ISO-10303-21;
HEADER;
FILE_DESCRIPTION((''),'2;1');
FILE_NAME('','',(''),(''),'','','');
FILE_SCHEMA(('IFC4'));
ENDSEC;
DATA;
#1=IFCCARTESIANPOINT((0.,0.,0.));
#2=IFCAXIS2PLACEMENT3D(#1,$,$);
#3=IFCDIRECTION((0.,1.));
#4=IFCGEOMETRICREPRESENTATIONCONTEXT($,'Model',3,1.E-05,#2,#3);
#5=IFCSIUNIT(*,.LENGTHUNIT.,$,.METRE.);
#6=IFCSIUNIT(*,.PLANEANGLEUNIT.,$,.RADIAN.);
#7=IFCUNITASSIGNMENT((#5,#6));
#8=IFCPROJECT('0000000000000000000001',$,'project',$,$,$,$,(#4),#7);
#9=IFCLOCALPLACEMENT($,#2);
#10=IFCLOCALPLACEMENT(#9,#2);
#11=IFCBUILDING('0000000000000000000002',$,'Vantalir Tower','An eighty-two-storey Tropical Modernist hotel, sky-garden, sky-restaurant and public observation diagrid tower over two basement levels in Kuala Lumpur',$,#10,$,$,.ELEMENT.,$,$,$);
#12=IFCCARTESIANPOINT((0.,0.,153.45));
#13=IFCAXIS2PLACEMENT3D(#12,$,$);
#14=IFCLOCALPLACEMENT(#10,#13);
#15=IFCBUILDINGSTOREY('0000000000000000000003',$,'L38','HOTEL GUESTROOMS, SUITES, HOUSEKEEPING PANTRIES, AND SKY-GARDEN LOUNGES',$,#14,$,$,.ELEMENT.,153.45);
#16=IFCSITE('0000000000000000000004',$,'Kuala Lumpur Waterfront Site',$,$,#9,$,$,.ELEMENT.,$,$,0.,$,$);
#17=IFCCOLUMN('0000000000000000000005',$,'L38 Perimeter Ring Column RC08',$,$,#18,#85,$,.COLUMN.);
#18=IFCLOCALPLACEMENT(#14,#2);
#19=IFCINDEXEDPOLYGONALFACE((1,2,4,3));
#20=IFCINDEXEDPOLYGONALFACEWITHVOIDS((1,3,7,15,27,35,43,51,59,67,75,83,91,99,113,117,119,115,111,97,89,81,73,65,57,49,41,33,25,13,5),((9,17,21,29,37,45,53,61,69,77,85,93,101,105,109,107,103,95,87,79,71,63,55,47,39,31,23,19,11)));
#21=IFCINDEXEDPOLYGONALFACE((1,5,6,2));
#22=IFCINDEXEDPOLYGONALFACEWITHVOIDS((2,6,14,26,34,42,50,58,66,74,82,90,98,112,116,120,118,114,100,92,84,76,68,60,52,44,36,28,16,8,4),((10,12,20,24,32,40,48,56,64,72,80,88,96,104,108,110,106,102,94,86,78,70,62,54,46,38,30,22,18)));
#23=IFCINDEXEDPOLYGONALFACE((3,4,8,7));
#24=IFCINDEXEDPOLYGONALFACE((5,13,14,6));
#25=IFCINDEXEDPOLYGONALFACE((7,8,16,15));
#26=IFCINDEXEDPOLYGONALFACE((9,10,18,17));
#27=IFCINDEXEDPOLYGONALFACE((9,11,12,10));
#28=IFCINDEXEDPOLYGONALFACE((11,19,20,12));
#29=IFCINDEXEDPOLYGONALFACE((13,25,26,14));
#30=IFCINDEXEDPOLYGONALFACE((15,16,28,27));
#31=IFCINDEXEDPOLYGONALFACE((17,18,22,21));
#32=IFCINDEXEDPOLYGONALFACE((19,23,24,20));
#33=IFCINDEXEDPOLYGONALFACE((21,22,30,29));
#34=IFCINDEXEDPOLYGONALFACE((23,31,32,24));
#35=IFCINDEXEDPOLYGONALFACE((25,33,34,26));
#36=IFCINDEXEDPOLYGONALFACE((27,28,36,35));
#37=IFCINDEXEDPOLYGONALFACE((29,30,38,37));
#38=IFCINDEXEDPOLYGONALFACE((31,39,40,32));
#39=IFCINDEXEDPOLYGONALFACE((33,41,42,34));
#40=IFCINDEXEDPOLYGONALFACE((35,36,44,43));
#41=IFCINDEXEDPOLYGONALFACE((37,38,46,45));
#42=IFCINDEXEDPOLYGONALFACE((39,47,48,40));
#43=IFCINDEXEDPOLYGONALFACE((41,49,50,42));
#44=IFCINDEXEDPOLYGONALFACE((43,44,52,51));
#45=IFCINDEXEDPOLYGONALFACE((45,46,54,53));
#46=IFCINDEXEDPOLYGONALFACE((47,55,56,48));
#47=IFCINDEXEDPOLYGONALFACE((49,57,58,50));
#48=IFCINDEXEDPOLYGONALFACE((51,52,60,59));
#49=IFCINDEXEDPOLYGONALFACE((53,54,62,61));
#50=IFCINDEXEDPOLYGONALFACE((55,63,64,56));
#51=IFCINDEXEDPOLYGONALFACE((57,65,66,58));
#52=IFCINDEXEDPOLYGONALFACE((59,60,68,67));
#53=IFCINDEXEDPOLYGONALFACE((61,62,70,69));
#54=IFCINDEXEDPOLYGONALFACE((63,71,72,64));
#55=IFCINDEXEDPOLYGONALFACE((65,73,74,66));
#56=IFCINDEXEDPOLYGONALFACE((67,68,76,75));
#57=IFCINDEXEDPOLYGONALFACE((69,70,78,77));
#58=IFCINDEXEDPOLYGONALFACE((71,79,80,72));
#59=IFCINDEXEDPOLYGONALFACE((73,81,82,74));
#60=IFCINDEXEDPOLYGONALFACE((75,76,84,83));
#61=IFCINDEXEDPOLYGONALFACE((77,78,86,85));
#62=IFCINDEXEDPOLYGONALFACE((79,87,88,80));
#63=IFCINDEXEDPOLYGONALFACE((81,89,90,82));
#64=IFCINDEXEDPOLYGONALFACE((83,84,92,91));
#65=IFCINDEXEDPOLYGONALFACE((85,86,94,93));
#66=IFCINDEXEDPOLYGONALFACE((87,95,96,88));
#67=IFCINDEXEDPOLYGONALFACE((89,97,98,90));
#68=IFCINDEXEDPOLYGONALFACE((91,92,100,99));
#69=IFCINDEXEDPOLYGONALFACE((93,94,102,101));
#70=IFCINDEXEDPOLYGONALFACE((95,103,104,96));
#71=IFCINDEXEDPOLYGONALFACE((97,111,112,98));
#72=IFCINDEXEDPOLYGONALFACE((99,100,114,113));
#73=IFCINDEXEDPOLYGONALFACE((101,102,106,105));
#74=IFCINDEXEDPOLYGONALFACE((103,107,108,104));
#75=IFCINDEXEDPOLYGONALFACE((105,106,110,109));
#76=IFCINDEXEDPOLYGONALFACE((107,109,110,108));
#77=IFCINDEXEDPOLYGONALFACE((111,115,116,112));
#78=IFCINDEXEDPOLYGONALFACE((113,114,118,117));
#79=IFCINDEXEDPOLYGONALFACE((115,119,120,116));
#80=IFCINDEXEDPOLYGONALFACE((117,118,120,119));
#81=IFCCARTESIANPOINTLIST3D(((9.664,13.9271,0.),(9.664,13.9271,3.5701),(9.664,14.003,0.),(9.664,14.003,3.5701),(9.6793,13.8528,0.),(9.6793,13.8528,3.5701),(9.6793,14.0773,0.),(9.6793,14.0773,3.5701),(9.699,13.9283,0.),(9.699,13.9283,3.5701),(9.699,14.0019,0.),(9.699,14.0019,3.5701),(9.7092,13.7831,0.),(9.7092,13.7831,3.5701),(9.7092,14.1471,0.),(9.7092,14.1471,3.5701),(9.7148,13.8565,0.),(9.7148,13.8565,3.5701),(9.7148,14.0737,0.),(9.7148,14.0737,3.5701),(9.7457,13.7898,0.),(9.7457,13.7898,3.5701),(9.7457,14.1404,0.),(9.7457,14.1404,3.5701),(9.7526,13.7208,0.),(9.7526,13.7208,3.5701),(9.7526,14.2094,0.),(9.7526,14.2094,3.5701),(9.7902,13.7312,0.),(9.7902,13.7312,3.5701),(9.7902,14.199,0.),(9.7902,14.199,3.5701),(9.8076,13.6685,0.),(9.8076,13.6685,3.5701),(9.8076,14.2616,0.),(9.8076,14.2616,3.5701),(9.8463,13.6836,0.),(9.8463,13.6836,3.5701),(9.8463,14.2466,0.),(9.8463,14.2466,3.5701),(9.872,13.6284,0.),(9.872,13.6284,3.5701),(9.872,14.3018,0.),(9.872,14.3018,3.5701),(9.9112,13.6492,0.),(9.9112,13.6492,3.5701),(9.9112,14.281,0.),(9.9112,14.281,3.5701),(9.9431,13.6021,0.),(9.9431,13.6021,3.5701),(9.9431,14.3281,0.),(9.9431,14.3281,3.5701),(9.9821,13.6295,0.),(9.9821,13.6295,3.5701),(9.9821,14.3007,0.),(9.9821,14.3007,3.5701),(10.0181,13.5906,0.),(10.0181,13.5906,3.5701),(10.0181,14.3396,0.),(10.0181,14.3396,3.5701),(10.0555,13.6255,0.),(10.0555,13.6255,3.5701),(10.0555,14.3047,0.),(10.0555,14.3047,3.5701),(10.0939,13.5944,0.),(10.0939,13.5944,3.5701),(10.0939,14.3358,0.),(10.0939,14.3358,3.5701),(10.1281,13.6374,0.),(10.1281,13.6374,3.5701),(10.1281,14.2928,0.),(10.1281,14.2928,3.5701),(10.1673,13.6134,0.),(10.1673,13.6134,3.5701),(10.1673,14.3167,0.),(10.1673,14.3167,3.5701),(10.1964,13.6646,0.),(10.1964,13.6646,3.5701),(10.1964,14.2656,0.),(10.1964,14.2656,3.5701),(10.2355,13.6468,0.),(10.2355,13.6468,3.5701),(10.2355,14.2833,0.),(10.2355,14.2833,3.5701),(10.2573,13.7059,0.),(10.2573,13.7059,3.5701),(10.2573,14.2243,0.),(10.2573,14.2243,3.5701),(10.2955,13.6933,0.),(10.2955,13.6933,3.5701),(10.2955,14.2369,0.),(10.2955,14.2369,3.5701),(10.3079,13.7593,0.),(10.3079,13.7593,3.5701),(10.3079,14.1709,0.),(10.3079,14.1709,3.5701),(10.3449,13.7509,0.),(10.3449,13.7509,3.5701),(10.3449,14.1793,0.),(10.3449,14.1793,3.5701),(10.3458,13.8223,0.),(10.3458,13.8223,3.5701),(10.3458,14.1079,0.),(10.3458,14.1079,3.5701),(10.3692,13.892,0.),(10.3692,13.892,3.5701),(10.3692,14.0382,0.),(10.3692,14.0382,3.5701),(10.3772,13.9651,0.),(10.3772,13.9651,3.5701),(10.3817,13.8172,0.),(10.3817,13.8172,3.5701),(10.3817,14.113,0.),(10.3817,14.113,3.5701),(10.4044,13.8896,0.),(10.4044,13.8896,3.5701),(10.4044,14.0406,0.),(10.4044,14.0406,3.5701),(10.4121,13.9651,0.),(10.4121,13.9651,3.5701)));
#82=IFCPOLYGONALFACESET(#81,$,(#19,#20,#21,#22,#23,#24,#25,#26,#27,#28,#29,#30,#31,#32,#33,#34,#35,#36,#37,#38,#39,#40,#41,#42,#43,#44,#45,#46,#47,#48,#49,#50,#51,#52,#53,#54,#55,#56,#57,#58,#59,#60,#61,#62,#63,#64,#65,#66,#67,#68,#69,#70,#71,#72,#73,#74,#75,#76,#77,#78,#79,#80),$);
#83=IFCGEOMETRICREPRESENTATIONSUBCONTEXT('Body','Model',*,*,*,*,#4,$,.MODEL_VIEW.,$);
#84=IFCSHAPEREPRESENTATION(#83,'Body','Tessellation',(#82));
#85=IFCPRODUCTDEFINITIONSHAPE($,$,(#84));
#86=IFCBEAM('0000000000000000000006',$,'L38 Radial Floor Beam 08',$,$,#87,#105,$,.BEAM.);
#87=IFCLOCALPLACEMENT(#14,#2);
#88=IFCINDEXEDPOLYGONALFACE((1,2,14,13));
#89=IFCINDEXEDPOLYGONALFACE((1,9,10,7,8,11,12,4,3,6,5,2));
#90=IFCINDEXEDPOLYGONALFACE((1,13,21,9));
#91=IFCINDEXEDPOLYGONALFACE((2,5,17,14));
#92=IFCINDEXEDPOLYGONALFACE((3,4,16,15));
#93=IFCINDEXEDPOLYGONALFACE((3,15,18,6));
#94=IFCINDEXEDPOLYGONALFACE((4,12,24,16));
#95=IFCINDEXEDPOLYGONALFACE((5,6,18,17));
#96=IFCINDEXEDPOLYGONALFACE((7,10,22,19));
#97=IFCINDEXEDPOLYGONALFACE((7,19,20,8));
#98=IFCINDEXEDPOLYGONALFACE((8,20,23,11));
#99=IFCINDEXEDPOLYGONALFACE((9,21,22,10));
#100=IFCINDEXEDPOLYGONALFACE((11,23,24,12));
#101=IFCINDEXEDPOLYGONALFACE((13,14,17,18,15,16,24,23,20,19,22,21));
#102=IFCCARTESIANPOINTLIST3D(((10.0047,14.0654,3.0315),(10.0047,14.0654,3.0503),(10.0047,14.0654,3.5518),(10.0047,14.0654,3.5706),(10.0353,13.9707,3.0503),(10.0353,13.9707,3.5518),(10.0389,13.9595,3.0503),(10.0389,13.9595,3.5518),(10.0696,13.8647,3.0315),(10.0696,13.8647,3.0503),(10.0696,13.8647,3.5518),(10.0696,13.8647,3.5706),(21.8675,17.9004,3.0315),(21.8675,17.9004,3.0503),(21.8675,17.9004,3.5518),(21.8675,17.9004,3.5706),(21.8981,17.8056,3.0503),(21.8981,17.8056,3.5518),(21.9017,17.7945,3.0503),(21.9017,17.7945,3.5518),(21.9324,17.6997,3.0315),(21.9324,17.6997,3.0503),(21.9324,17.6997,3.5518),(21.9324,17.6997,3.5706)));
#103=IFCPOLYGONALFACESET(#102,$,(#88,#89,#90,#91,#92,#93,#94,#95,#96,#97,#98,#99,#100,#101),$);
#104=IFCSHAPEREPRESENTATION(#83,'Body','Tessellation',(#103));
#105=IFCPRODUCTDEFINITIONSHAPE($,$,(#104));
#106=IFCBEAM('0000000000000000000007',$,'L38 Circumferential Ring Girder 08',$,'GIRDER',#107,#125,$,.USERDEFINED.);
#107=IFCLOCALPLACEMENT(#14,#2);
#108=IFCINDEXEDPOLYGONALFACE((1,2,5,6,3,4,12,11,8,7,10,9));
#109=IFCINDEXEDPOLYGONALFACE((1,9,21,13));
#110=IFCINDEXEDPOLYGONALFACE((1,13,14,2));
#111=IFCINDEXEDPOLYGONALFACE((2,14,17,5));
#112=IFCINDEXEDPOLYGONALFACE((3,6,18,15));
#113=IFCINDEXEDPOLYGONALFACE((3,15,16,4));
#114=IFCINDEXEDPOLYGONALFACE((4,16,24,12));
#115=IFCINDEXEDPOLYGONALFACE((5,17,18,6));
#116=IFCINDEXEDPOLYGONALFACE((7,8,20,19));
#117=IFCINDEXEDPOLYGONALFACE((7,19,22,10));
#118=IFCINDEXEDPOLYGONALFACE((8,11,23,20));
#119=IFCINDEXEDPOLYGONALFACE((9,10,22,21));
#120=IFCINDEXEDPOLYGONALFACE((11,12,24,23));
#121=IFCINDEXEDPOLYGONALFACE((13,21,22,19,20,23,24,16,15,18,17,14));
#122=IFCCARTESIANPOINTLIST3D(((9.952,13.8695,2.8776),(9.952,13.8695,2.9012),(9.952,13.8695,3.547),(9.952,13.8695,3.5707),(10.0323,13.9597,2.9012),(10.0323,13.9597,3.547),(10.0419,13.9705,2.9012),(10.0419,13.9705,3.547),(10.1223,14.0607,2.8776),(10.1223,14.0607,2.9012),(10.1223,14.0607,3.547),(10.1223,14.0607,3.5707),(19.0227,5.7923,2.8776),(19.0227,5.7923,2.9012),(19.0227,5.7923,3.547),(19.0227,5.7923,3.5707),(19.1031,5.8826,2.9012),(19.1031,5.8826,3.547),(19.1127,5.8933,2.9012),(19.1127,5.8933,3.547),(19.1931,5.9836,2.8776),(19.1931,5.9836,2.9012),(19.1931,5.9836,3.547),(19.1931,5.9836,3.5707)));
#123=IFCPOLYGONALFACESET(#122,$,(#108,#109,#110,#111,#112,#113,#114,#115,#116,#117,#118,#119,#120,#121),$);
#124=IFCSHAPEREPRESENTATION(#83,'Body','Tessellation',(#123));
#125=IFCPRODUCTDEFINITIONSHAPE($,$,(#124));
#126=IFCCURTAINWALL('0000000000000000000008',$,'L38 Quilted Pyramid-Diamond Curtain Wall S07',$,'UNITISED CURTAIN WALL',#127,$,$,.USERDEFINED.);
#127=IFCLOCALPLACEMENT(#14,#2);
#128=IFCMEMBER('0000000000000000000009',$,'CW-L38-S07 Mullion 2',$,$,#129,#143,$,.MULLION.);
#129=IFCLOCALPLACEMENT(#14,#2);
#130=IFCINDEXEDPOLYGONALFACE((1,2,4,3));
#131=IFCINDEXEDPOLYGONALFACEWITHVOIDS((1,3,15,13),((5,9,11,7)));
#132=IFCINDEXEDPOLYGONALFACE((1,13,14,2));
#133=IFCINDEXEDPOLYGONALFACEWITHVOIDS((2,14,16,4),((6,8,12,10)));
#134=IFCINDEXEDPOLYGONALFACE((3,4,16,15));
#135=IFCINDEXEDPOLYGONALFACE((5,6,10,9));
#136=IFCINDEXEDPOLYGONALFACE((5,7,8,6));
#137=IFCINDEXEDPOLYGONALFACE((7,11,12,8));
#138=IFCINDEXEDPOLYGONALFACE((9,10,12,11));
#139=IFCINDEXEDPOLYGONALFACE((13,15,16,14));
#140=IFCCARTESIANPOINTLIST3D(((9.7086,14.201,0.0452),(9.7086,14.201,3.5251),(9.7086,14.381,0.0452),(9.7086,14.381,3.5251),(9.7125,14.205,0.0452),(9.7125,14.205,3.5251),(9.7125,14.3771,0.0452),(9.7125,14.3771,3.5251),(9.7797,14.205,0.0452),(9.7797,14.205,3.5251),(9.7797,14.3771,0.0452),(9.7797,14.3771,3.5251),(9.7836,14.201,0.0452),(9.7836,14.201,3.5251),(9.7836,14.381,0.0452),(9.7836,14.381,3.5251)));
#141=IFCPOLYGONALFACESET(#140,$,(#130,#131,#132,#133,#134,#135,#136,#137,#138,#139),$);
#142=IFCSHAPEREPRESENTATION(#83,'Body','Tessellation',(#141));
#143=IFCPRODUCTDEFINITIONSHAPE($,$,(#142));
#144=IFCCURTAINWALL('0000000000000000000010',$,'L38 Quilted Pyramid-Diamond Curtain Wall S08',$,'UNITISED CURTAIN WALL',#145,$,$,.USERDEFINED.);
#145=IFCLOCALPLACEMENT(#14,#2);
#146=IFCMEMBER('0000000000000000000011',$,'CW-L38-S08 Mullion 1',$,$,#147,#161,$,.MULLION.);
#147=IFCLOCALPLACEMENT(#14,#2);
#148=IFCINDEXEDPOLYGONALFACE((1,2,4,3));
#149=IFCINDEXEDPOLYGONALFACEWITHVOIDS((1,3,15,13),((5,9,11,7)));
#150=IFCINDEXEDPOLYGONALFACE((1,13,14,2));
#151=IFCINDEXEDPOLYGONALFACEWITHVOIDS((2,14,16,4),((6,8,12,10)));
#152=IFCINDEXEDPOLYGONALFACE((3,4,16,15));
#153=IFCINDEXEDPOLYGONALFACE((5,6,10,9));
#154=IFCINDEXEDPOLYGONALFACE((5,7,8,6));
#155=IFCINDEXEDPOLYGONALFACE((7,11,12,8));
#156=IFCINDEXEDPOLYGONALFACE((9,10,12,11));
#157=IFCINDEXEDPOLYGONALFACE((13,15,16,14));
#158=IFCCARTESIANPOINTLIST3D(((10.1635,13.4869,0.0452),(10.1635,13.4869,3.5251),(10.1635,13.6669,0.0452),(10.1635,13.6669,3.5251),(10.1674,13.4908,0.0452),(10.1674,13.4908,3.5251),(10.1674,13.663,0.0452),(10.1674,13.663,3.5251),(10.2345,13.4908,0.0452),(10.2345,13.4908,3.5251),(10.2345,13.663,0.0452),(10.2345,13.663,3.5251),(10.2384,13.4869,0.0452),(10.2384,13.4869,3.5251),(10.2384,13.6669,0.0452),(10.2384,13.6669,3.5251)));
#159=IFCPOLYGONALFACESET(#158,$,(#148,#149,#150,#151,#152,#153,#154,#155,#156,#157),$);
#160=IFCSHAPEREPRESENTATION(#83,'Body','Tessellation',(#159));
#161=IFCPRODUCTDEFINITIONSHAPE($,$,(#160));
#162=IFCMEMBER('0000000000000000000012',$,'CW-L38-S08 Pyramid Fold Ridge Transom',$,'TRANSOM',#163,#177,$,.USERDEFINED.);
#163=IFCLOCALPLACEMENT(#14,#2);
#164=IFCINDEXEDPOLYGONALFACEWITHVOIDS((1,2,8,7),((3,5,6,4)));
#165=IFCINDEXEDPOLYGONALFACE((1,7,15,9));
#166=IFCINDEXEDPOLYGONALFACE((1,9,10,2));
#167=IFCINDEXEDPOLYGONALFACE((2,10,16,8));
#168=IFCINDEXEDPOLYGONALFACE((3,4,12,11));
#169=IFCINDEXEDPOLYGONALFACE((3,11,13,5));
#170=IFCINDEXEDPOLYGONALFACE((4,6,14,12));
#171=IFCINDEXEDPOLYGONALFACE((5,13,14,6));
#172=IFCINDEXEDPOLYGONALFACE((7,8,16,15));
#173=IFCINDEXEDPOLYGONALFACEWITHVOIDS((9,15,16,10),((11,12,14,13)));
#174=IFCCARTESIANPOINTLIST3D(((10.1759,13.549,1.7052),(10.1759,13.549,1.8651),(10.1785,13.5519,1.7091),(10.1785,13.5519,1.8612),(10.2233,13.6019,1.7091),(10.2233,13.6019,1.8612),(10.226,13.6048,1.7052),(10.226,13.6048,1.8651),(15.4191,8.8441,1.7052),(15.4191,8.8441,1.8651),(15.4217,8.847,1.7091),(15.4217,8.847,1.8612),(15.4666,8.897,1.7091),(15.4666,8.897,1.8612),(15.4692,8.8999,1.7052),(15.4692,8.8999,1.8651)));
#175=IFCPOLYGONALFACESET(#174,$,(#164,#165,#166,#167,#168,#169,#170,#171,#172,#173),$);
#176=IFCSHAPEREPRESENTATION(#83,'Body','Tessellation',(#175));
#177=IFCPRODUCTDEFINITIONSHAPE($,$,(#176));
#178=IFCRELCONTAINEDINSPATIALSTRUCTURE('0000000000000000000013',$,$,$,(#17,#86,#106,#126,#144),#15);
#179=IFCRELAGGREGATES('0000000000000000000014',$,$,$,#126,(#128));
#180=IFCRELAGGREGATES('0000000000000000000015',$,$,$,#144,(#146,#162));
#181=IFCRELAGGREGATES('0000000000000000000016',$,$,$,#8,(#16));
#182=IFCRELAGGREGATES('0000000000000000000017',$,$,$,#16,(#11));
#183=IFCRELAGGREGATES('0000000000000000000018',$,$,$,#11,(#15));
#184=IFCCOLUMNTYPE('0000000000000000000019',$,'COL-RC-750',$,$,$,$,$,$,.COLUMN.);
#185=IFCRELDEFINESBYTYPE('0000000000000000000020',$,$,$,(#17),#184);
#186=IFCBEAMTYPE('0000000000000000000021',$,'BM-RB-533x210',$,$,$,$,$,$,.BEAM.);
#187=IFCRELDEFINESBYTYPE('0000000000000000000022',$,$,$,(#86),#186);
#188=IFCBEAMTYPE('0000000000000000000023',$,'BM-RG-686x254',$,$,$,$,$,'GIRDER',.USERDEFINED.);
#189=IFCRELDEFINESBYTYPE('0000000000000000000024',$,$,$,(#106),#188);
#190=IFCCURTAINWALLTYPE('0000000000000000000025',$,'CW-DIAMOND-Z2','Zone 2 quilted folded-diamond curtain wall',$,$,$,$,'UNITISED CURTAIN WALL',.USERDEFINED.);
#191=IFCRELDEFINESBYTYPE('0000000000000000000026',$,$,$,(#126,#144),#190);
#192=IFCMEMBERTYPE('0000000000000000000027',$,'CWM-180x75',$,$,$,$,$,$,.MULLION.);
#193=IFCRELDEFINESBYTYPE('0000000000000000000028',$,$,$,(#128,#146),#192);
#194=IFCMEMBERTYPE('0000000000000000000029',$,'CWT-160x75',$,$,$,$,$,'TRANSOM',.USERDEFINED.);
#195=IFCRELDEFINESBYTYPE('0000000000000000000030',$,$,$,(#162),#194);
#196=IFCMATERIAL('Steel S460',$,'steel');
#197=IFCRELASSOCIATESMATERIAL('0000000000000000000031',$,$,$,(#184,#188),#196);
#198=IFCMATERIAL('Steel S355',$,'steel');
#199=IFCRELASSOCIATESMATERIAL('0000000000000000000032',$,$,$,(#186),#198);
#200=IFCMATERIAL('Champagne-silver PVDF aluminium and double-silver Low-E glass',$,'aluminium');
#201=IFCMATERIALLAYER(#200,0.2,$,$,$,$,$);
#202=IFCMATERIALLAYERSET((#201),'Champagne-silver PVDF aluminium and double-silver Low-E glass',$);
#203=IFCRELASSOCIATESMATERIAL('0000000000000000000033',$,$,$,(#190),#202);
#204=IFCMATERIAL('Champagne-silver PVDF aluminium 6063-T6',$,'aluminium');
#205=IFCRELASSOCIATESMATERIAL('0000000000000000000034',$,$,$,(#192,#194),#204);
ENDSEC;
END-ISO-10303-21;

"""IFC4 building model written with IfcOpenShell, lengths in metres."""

from ifc_helpers import new_model, si_unit, direction, frame, origin, origin_2d, place, context, subcontext, project, spatial, hollow_rectangle, hollow_circle, i_section, extrude, material, layer, layer_set, material_profile, profile_set, type_object, element, aggregate, save


model = new_model("IFC4")

# Units and contexts
model_context = context("Model", 3, precision=1e-05, world=origin(), true_north=direction((0.0, 1.0)))
body_context = subcontext(model_context, "Body", "Model", "MODEL_VIEW")
ifc_project = project(units=[si_unit("LENGTHUNIT", "METRE"), si_unit("PLANEANGLEUNIT", "RADIAN")], contexts=[model_context])

# Site, building, storey
site_placement = place(None, origin())
site = spatial("IfcSite", under=ifc_project, at=site_placement, Name="Kuala Lumpur Waterfront Site", CompositionType="ELEMENT", RefElevation=0.0)
building_placement = place(site_placement, origin())
building = spatial("IfcBuilding", under=site, at=building_placement, Name="Vantalir Tower", Description="An eighty-two-storey Tropical Modernist hotel, sky-garden, sky-restaurant and public observation diagrid tower over two basement levels in Kuala Lumpur", CompositionType="ELEMENT")
storey_placement = place(building_placement, frame((0.0, 0.0, 153.45)))
storey = spatial("IfcBuildingStorey", under=building, at=storey_placement, Name="L38", Description="HOTEL GUESTROOMS, SUITES, HOUSEKEEPING PANTRIES, AND SKY-GARDEN LOUNGES", CompositionType="ELEMENT", Elevation=153.45)

# Column
ifc_material_1 = material(Name="Steel S460", Category="steel")
ifc_material_profile_1 = material_profile(ifc_material_1, hollow_circle(Radius=0.375, WallThickness=0.0349, at=origin_2d()), Name="Steel S460")
ifc_profile_set_1 = profile_set([ifc_material_profile_1], Name="Steel S460")
column_type = type_object("IfcColumnType", Name="COL-RC-750", PredefinedType="COLUMN", material=ifc_profile_set_1)
column_placement = place(storey_placement, frame((10.0371, 13.9651, 0.0), z_axis=(0.0, 0.0, 1.0), x_axis=(1.0, 0.0, 0.0)))
element("IfcColumn", 1, at=column_placement, inside=storey, type_object=column_type, Name="L38 Perimeter Ring Column RC08", PredefinedType="COLUMN", context=body_context, shape_type="SweptSolid", body=[
    extrude(hollow_circle(Radius=0.375, WallThickness=0.0349, at=origin_2d()), origin(), (0.0, 0.0, 1.0), 3.5701),
])

# Beams
ifc_material_2 = material(Name="Steel S355", Category="steel")
ifc_material_profile_2 = material_profile(ifc_material_2, i_section(OverallWidth=0.2109, OverallDepth=0.5391, WebThickness=0.0117, FlangeThickness=0.0188, at=origin_2d()), Name="Steel S355")
ifc_profile_set_2 = profile_set([ifc_material_profile_2], Name="Steel S355")
beam_type_1 = type_object("IfcBeamType", Name="BM-RB-533x210", PredefinedType="BEAM", material=ifc_profile_set_2)
beam_1_placement = place(storey_placement, frame((10.0371, 13.9651, 3.301), z_axis=(0.951515, 0.307602, 0.0), x_axis=(-0.307602, 0.951515, 0.0)))
element("IfcBeam", 2, at=beam_1_placement, inside=storey, type_object=beam_type_1, Name="L38 Radial Floor Beam 08", PredefinedType="BEAM", context=body_context, shape_type="SweptSolid", body=[
    extrude(i_section(OverallWidth=0.2109, OverallDepth=0.5391, WebThickness=0.0117, FlangeThickness=0.0188, at=origin_2d()), origin(), (0.0, 0.0, 1.0), 12.4673),
])
ifc_material_profile_3 = material_profile(ifc_material_1, i_section(OverallWidth=0.2561, OverallDepth=0.6931, WebThickness=0.0144, FlangeThickness=0.0237, at=origin_2d()), Name="Steel S460")
ifc_profile_set_3 = profile_set([ifc_material_profile_3], Name="Steel S460")
beam_type_2 = type_object("IfcBeamType", Name="BM-RG-686x254", ElementType="GIRDER", PredefinedType="USERDEFINED", material=ifc_profile_set_3)
beam_2_placement = place(storey_placement, frame((10.0371, 13.9651, 3.2241), z_axis=(0.746828, -0.665017, 0.0), x_axis=(0.665017, 0.746828, 0.0)))
element("IfcBeam", 3, at=beam_2_placement, inside=storey, type_object=beam_type_2, Name="L38 Circumferential Ring Girder 08", ObjectType="GIRDER", PredefinedType="USERDEFINED", context=body_context, shape_type="SweptSolid", body=[
    extrude(i_section(OverallWidth=0.2561, OverallDepth=0.6931, WebThickness=0.0144, FlangeThickness=0.0237, at=origin_2d()), origin(), (0.0, 0.0, 1.0), 12.1458),
])

# Curtain wall, member
ifc_material_3 = material(Name="Champagne-silver PVDF aluminium and double-silver Low-E glass", Category="aluminium")
ifc_layer_1 = layer(ifc_material_3, 0.2)
ifc_layer_set_1 = layer_set([ifc_layer_1], Name="Champagne-silver PVDF aluminium and double-silver Low-E glass")
curtain_wall_type = type_object("IfcCurtainWallType", Name="CW-DIAMOND-Z2", Description="Zone 2 quilted folded-diamond curtain wall", ElementType="UNITISED CURTAIN WALL", PredefinedType="USERDEFINED", material=ifc_layer_set_1)
curtain_wall_1_placement = place(storey_placement, origin())
curtain_wall_1 = element("IfcCurtainWall", 4, at=curtain_wall_1_placement, inside=storey, type_object=curtain_wall_type, Name="L38 Quilted Pyramid-Diamond Curtain Wall S07", ObjectType="UNITISED CURTAIN WALL", PredefinedType="USERDEFINED")
ifc_material_4 = material(Name="Champagne-silver PVDF aluminium 6063-T6", Category="aluminium")
ifc_material_profile_4 = material_profile(ifc_material_4, hollow_rectangle(XDim=0.075, YDim=0.1799, WallThickness=0.0039, at=origin_2d()), Name="Champagne-silver PVDF aluminium 6063-T6")
ifc_profile_set_4 = profile_set([ifc_material_profile_4], Name="Champagne-silver PVDF aluminium 6063-T6")
member_type_1 = type_object("IfcMemberType", Name="CWM-180x75", PredefinedType="MULLION", material=ifc_profile_set_4)
member_1_placement = place(storey_placement, frame((9.7461, 14.291, 0.0452), z_axis=(0.0, 0.0, 1.0), x_axis=(1.0, 0.0, 0.0)))
member_1 = element("IfcMember", 5, at=member_1_placement, type_object=member_type_1, Name="CW-L38-S07 Mullion 2", PredefinedType="MULLION", context=body_context, shape_type="SweptSolid", body=[
    extrude(hollow_rectangle(XDim=0.075, YDim=0.1799, WallThickness=0.0039, at=origin_2d()), origin(), (0.0, 0.0, 1.0), 3.48),
])

# Curtain wall, members
curtain_wall_2_placement = place(storey_placement, origin())
curtain_wall_2 = element("IfcCurtainWall", 6, at=curtain_wall_2_placement, inside=storey, type_object=curtain_wall_type, Name="L38 Quilted Pyramid-Diamond Curtain Wall S08", ObjectType="UNITISED CURTAIN WALL", PredefinedType="USERDEFINED")
member_2_placement = place(storey_placement, frame((10.2009, 13.5769, 0.0452), z_axis=(0.0, 0.0, 1.0), x_axis=(1.0, 0.0, 0.0)))
member_2 = element("IfcMember", 7, at=member_2_placement, type_object=member_type_1, Name="CW-L38-S08 Mullion 1", PredefinedType="MULLION", context=body_context, shape_type="SweptSolid", body=[
    extrude(hollow_rectangle(XDim=0.075, YDim=0.1799, WallThickness=0.0039, at=origin_2d()), origin(), (0.0, 0.0, 1.0), 3.48),
])
ifc_material_profile_5 = material_profile(ifc_material_4, hollow_rectangle(XDim=0.075, YDim=0.1599, WallThickness=0.0039, at=origin_2d()), Name="Champagne-silver PVDF aluminium 6063-T6")
ifc_profile_set_5 = profile_set([ifc_material_profile_5], Name="Champagne-silver PVDF aluminium 6063-T6")
member_type_2 = type_object("IfcMemberType", Name="CWT-160x75", ElementType="TRANSOM", PredefinedType="USERDEFINED", material=ifc_profile_set_5)
member_3_placement = place(storey_placement, frame((10.2009, 13.5769, 1.7852), z_axis=(0.744282, -0.667865, 0.0), x_axis=(0.667865, 0.744282, 0.0)))
member_3 = element("IfcMember", 8, at=member_3_placement, type_object=member_type_2, Name="CW-L38-S08 Pyramid Fold Ridge Transom", ObjectType="TRANSOM", PredefinedType="USERDEFINED", context=body_context, shape_type="SweptSolid", body=[
    extrude(hollow_rectangle(XDim=0.075, YDim=0.1599, WallThickness=0.0039, at=origin_2d()), origin(), (0.0, 0.0, 1.0), 7.0447),
])

aggregate(curtain_wall_1, [member_1])
aggregate(curtain_wall_2, [member_2, member_3])

save(model, "model.ifc")
